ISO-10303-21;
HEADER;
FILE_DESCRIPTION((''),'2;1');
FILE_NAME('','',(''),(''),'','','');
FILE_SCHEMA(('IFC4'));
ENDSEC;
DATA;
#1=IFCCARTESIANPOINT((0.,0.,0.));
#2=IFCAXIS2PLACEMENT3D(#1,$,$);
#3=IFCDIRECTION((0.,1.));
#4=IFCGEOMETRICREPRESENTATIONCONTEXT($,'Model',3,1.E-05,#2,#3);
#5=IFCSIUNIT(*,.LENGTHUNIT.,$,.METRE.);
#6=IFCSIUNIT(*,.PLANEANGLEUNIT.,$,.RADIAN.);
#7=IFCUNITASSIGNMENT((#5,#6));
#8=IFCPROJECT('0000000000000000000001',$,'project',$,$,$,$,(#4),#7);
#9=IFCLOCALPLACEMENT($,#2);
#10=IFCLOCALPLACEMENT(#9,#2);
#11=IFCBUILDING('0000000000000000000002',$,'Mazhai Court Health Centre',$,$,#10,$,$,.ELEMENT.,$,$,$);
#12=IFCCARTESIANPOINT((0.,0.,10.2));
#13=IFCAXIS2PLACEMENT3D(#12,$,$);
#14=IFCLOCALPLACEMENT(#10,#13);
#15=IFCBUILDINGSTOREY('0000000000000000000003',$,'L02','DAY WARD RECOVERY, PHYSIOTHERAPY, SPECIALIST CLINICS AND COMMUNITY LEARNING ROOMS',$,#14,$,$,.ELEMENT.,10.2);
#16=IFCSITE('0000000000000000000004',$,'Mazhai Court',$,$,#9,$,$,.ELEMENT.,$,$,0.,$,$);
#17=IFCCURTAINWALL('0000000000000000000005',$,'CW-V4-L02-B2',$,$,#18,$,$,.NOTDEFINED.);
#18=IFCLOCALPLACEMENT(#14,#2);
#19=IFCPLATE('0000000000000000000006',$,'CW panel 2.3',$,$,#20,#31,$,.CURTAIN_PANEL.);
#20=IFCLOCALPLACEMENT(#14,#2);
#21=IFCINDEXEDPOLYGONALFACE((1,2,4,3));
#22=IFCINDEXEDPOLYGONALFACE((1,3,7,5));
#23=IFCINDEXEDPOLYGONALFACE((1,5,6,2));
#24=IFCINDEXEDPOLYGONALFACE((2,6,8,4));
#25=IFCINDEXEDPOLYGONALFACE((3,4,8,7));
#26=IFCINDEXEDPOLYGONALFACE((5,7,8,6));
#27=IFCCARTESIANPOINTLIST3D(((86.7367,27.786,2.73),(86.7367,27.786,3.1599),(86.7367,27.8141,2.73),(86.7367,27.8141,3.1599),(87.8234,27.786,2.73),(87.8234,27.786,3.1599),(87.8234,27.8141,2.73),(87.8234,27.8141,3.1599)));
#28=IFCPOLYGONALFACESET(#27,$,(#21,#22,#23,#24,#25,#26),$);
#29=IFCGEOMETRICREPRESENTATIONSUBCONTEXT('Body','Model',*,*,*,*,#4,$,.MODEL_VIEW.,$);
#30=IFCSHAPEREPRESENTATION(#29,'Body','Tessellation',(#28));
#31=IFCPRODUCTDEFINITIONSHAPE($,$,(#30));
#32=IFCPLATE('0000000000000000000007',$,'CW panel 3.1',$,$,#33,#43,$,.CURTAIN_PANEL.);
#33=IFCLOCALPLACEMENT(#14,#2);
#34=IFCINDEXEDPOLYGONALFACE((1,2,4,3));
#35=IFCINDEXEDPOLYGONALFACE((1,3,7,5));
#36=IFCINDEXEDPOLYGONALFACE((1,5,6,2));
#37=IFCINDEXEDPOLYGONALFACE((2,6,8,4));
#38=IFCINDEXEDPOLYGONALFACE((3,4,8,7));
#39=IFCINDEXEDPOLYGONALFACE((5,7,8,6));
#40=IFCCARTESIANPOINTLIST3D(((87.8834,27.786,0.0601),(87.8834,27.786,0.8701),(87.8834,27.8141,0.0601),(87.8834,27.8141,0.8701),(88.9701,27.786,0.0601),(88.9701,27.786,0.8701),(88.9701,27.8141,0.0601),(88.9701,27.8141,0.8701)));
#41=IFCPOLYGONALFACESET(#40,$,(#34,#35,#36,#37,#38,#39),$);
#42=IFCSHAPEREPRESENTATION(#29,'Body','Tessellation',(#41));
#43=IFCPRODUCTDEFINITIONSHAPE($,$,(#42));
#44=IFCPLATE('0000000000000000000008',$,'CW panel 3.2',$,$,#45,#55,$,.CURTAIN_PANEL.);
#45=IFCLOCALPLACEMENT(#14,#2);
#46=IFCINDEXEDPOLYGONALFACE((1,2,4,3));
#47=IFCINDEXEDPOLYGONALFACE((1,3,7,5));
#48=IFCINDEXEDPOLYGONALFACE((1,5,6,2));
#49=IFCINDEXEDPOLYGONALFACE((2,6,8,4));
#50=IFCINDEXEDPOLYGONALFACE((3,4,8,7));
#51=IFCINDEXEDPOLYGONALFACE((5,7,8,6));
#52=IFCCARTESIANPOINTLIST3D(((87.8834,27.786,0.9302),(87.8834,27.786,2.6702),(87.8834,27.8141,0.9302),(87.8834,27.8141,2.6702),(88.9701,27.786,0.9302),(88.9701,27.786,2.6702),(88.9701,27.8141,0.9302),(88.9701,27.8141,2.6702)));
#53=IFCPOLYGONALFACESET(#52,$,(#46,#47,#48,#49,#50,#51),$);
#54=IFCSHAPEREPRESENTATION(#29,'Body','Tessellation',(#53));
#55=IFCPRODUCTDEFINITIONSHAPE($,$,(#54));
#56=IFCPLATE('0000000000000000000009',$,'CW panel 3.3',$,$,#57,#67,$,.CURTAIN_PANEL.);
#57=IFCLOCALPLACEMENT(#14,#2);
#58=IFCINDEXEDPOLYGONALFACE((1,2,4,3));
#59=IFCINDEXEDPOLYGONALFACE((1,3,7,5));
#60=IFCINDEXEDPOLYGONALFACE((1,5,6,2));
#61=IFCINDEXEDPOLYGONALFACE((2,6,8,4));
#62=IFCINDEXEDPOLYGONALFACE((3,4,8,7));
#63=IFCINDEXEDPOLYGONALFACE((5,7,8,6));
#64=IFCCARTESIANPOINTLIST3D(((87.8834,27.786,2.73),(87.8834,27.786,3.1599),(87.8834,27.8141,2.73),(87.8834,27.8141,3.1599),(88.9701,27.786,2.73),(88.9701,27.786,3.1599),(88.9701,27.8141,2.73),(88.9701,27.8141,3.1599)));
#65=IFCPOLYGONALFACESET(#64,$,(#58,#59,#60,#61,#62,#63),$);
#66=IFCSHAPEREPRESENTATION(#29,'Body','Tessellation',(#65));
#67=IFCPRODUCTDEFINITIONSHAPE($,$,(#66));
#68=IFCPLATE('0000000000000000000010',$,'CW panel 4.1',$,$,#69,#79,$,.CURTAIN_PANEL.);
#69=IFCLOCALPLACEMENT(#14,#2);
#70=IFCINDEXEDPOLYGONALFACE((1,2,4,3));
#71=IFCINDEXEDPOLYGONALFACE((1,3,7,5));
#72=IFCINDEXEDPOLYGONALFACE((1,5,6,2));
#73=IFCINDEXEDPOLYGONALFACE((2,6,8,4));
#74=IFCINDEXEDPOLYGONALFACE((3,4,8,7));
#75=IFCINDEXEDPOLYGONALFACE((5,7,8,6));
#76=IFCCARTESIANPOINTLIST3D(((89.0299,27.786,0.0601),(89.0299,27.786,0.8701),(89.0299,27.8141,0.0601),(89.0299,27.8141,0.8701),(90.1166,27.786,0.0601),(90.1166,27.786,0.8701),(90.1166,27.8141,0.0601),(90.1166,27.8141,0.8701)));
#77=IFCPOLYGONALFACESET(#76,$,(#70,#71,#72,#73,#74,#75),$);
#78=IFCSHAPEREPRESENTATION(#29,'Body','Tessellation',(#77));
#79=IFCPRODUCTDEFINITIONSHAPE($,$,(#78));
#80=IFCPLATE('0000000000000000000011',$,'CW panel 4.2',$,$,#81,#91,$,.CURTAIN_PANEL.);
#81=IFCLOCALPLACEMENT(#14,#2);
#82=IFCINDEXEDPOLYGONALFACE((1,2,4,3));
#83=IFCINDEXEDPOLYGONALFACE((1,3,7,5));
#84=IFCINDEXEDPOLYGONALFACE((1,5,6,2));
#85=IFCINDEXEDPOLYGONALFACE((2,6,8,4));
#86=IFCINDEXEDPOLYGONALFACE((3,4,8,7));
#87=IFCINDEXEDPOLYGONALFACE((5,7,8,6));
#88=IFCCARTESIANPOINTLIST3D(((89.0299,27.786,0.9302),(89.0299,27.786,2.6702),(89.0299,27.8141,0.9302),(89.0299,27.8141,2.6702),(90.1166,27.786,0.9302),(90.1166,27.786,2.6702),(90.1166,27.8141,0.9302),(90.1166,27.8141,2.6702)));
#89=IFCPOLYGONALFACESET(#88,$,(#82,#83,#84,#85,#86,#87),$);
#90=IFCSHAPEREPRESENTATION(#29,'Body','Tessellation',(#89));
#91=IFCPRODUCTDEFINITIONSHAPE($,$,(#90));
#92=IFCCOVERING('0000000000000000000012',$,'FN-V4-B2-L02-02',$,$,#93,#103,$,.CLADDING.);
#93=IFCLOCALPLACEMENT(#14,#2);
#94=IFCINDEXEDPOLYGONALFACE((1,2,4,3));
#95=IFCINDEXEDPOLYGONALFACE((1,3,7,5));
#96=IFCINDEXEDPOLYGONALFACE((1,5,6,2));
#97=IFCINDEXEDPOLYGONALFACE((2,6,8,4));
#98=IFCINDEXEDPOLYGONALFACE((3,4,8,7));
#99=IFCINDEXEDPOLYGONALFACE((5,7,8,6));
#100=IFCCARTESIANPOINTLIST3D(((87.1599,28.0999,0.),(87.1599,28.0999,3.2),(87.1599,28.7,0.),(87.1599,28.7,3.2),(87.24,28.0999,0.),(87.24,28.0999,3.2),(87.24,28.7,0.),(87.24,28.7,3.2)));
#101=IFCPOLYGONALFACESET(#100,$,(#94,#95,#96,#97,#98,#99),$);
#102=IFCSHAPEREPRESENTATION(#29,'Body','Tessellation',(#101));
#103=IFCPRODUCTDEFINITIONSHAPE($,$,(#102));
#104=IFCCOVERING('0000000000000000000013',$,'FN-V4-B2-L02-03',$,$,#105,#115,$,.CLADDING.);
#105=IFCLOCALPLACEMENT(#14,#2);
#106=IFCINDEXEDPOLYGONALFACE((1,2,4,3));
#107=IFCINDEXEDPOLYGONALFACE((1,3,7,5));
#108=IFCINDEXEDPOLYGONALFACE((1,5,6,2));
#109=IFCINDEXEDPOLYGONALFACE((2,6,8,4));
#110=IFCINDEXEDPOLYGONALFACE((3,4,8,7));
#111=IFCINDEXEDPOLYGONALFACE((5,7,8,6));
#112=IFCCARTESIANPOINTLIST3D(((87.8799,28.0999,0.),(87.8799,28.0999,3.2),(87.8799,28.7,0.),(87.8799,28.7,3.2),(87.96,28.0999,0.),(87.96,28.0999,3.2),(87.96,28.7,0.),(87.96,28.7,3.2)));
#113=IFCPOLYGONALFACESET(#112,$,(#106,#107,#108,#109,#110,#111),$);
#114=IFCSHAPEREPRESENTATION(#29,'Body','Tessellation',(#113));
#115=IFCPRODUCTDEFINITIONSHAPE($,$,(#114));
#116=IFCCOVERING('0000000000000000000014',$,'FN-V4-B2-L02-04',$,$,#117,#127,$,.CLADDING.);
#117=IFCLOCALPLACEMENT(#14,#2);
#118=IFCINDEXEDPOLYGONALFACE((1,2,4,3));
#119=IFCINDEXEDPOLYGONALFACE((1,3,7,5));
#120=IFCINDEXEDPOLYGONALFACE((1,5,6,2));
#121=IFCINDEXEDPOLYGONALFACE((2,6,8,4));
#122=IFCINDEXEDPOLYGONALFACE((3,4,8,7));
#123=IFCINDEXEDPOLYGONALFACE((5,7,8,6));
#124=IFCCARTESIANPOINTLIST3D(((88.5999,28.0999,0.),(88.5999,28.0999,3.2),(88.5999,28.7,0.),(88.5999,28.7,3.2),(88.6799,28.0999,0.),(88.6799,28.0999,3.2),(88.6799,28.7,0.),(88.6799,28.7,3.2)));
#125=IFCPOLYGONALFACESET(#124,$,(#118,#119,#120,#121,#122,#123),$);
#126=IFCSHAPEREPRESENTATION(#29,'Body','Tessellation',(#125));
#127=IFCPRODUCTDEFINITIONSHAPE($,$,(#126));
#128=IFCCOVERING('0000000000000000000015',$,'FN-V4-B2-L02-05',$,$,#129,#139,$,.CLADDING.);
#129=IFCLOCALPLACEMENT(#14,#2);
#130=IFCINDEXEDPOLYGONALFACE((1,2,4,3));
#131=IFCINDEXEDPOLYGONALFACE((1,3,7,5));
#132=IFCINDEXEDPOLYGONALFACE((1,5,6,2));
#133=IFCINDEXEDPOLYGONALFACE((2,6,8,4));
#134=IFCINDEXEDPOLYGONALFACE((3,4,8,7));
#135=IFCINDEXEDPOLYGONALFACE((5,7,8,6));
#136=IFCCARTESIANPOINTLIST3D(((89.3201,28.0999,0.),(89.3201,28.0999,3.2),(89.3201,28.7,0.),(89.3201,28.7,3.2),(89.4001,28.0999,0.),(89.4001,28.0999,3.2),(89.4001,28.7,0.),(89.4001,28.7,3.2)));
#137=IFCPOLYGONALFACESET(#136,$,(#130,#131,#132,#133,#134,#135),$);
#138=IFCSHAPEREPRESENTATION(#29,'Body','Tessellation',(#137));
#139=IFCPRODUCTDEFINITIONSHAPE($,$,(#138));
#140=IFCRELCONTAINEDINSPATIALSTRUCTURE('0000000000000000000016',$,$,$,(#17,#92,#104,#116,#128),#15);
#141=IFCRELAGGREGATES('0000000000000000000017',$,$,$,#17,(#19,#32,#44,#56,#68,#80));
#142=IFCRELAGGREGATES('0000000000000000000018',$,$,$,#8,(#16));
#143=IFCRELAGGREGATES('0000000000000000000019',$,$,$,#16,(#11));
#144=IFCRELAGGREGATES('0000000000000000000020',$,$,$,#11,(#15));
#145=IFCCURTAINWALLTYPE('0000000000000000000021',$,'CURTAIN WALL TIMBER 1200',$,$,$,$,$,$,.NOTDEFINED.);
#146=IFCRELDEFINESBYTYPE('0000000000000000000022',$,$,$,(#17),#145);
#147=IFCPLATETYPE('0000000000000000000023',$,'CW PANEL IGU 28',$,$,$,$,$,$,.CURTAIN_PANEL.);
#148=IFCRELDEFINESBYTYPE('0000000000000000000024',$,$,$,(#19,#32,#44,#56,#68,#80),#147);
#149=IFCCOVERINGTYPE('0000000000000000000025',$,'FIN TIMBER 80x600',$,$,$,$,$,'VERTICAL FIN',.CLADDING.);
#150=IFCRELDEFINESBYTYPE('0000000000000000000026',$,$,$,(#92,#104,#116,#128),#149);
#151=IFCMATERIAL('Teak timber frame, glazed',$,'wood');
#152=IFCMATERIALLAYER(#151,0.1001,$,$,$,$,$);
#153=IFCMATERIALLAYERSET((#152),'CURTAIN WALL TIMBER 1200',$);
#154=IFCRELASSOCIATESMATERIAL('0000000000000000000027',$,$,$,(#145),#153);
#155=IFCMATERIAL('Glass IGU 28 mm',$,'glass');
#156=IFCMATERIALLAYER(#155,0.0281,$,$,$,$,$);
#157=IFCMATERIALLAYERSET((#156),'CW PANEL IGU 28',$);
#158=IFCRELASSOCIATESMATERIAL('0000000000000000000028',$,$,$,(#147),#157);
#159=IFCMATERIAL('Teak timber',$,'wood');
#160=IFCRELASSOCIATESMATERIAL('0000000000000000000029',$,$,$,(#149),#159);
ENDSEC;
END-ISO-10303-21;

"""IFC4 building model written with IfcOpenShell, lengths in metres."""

from ifc_helpers import new_model, si_unit, direction, frame, origin, origin_2d, place, context, subcontext, project, spatial, rectangle, extrude, material, layer, layer_set, type_object, element, aggregate, save


model = new_model("IFC4")

# Units and contexts
model_context = context("Model", 3, precision=1e-05, world=origin(), true_north=direction((0.0, 1.0)))
body_context = subcontext(model_context, "Body", "Model", "MODEL_VIEW")
ifc_project = project(units=[si_unit("LENGTHUNIT", "METRE"), si_unit("PLANEANGLEUNIT", "RADIAN")], contexts=[model_context])

# Site, building, storey
site_placement = place(None, origin())
site = spatial("IfcSite", under=ifc_project, at=site_placement, Name="Mazhai Court", CompositionType="ELEMENT", RefElevation=0.0)
building_placement = place(site_placement, origin())
building = spatial("IfcBuilding", under=site, at=building_placement, Name="Mazhai Court Health Centre", CompositionType="ELEMENT")
storey_placement = place(building_placement, frame((0.0, 0.0, 10.2)))
storey = spatial("IfcBuildingStorey", under=building, at=storey_placement, Name="L02", Description="DAY WARD RECOVERY, PHYSIOTHERAPY, SPECIALIST CLINICS AND COMMUNITY LEARNING ROOMS", CompositionType="ELEMENT", Elevation=10.2)

# Curtain wall, plates
ifc_material_1 = material(Name="Teak timber frame, glazed", Category="wood")
ifc_layer_1 = layer(ifc_material_1, 0.1001)
ifc_layer_set_1 = layer_set([ifc_layer_1], Name="CURTAIN WALL TIMBER 1200")
curtain_wall_type = type_object("IfcCurtainWallType", Name="CURTAIN WALL TIMBER 1200", PredefinedType="NOTDEFINED", material=ifc_layer_set_1)
curtain_wall_placement = place(storey_placement, origin())
curtain_wall = element("IfcCurtainWall", 1, at=curtain_wall_placement, inside=storey, type_object=curtain_wall_type, Name="CW-V4-L02-B2", PredefinedType="NOTDEFINED")
ifc_material_2 = material(Name="Glass IGU 28 mm", Category="glass")
ifc_layer_2 = layer(ifc_material_2, 0.0281)
ifc_layer_set_2 = layer_set([ifc_layer_2], Name="CW PANEL IGU 28")
plate_type = type_object("IfcPlateType", Name="CW PANEL IGU 28", PredefinedType="CURTAIN_PANEL", material=ifc_layer_set_2)
plate_1_placement = place(storey_placement, frame((87.28, 27.8, 2.73), z_axis=(0.0, 0.0, 1.0), x_axis=(1.0, 0.0, 0.0)))
plate_1 = element("IfcPlate", 2, at=plate_1_placement, type_object=plate_type, Name="CW panel 2.3", PredefinedType="CURTAIN_PANEL", context=body_context, shape_type="SweptSolid", body=[
    extrude(rectangle(XDim=1.0867, YDim=0.0281, at=origin_2d()), origin(), (0.0, 0.0, 1.0), 0.4299),
])
plate_2_placement = place(storey_placement, frame((88.4268, 27.8, 0.0601), z_axis=(0.0, 0.0, 1.0), x_axis=(1.0, 0.0, 0.0)))
plate_2 = element("IfcPlate", 3, at=plate_2_placement, type_object=plate_type, Name="CW panel 3.1", PredefinedType="CURTAIN_PANEL", context=body_context, shape_type="SweptSolid", body=[
    extrude(rectangle(XDim=1.0867, YDim=0.0281, at=origin_2d()), origin(), (0.0, 0.0, 1.0), 0.8101),
])
plate_3_placement = place(storey_placement, frame((88.4268, 27.8, 0.9302), z_axis=(0.0, 0.0, 1.0), x_axis=(1.0, 0.0, 0.0)))
plate_3 = element("IfcPlate", 4, at=plate_3_placement, type_object=plate_type, Name="CW panel 3.2", PredefinedType="CURTAIN_PANEL", context=body_context, shape_type="SweptSolid", body=[
    extrude(rectangle(XDim=1.0867, YDim=0.0281, at=origin_2d()), origin(), (0.0, 0.0, 1.0), 1.74),
])
plate_4_placement = place(storey_placement, frame((88.4268, 27.8, 2.73), z_axis=(0.0, 0.0, 1.0), x_axis=(1.0, 0.0, 0.0)))
plate_4 = element("IfcPlate", 5, at=plate_4_placement, type_object=plate_type, Name="CW panel 3.3", PredefinedType="CURTAIN_PANEL", context=body_context, shape_type="SweptSolid", body=[
    extrude(rectangle(XDim=1.0867, YDim=0.0281, at=origin_2d()), origin(), (0.0, 0.0, 1.0), 0.4299),
])
plate_5_placement = place(storey_placement, frame((89.5732, 27.8, 0.0601), z_axis=(0.0, 0.0, 1.0), x_axis=(1.0, 0.0, 0.0)))
plate_5 = element("IfcPlate", 6, at=plate_5_placement, type_object=plate_type, Name="CW panel 4.1", PredefinedType="CURTAIN_PANEL", context=body_context, shape_type="SweptSolid", body=[
    extrude(rectangle(XDim=1.0867, YDim=0.0281, at=origin_2d()), origin(), (0.0, 0.0, 1.0), 0.8101),
])
plate_6_placement = place(storey_placement, frame((89.5732, 27.8, 0.9302), z_axis=(0.0, 0.0, 1.0), x_axis=(1.0, 0.0, 0.0)))
plate_6 = element("IfcPlate", 7, at=plate_6_placement, type_object=plate_type, Name="CW panel 4.2", PredefinedType="CURTAIN_PANEL", context=body_context, shape_type="SweptSolid", body=[
    extrude(rectangle(XDim=1.0867, YDim=0.0281, at=origin_2d()), origin(), (0.0, 0.0, 1.0), 1.74),
])
aggregate(curtain_wall, [plate_1, plate_2, plate_3, plate_4, plate_5, plate_6])

# Coverings
ifc_material_3 = material(Name="Teak timber", Category="wood")
covering_type = type_object("IfcCoveringType", Name="FIN TIMBER 80x600", ElementType="VERTICAL FIN", PredefinedType="CLADDING", material=ifc_material_3)
for number, where, z_axis, x_axis, name in (
    (8, (87.2, 28.3999, 0.0), (0.0, 0.0, 1.0), (1.0, 0.0, 0.0), "FN-V4-B2-L02-02"),
    (9, (87.9199, 28.3999, 0.0), (0.0, 0.0, 1.0), (1.0, 0.0, 0.0), "FN-V4-B2-L02-03"),
    (10, (88.6399, 28.3999, 0.0), (0.0, 0.0, 1.0), (1.0, 0.0, 0.0), "FN-V4-B2-L02-04"),
    (11, (89.3601, 28.3999, 0.0), (0.0, 0.0, 1.0), (1.0, 0.0, 0.0), "FN-V4-B2-L02-05"),
):
    element("IfcCovering", number, at=place(storey_placement, frame(where, z_axis=z_axis, x_axis=x_axis)), inside=storey, type_object=covering_type, Name=name, PredefinedType="CLADDING", context=body_context, shape_type="SweptSolid", body=[
        extrude(rectangle(XDim=0.0801, YDim=0.6001, at=origin_2d()), origin(), (0.0, 0.0, 1.0), 3.2),
    ])

save(model, "model.ifc")
